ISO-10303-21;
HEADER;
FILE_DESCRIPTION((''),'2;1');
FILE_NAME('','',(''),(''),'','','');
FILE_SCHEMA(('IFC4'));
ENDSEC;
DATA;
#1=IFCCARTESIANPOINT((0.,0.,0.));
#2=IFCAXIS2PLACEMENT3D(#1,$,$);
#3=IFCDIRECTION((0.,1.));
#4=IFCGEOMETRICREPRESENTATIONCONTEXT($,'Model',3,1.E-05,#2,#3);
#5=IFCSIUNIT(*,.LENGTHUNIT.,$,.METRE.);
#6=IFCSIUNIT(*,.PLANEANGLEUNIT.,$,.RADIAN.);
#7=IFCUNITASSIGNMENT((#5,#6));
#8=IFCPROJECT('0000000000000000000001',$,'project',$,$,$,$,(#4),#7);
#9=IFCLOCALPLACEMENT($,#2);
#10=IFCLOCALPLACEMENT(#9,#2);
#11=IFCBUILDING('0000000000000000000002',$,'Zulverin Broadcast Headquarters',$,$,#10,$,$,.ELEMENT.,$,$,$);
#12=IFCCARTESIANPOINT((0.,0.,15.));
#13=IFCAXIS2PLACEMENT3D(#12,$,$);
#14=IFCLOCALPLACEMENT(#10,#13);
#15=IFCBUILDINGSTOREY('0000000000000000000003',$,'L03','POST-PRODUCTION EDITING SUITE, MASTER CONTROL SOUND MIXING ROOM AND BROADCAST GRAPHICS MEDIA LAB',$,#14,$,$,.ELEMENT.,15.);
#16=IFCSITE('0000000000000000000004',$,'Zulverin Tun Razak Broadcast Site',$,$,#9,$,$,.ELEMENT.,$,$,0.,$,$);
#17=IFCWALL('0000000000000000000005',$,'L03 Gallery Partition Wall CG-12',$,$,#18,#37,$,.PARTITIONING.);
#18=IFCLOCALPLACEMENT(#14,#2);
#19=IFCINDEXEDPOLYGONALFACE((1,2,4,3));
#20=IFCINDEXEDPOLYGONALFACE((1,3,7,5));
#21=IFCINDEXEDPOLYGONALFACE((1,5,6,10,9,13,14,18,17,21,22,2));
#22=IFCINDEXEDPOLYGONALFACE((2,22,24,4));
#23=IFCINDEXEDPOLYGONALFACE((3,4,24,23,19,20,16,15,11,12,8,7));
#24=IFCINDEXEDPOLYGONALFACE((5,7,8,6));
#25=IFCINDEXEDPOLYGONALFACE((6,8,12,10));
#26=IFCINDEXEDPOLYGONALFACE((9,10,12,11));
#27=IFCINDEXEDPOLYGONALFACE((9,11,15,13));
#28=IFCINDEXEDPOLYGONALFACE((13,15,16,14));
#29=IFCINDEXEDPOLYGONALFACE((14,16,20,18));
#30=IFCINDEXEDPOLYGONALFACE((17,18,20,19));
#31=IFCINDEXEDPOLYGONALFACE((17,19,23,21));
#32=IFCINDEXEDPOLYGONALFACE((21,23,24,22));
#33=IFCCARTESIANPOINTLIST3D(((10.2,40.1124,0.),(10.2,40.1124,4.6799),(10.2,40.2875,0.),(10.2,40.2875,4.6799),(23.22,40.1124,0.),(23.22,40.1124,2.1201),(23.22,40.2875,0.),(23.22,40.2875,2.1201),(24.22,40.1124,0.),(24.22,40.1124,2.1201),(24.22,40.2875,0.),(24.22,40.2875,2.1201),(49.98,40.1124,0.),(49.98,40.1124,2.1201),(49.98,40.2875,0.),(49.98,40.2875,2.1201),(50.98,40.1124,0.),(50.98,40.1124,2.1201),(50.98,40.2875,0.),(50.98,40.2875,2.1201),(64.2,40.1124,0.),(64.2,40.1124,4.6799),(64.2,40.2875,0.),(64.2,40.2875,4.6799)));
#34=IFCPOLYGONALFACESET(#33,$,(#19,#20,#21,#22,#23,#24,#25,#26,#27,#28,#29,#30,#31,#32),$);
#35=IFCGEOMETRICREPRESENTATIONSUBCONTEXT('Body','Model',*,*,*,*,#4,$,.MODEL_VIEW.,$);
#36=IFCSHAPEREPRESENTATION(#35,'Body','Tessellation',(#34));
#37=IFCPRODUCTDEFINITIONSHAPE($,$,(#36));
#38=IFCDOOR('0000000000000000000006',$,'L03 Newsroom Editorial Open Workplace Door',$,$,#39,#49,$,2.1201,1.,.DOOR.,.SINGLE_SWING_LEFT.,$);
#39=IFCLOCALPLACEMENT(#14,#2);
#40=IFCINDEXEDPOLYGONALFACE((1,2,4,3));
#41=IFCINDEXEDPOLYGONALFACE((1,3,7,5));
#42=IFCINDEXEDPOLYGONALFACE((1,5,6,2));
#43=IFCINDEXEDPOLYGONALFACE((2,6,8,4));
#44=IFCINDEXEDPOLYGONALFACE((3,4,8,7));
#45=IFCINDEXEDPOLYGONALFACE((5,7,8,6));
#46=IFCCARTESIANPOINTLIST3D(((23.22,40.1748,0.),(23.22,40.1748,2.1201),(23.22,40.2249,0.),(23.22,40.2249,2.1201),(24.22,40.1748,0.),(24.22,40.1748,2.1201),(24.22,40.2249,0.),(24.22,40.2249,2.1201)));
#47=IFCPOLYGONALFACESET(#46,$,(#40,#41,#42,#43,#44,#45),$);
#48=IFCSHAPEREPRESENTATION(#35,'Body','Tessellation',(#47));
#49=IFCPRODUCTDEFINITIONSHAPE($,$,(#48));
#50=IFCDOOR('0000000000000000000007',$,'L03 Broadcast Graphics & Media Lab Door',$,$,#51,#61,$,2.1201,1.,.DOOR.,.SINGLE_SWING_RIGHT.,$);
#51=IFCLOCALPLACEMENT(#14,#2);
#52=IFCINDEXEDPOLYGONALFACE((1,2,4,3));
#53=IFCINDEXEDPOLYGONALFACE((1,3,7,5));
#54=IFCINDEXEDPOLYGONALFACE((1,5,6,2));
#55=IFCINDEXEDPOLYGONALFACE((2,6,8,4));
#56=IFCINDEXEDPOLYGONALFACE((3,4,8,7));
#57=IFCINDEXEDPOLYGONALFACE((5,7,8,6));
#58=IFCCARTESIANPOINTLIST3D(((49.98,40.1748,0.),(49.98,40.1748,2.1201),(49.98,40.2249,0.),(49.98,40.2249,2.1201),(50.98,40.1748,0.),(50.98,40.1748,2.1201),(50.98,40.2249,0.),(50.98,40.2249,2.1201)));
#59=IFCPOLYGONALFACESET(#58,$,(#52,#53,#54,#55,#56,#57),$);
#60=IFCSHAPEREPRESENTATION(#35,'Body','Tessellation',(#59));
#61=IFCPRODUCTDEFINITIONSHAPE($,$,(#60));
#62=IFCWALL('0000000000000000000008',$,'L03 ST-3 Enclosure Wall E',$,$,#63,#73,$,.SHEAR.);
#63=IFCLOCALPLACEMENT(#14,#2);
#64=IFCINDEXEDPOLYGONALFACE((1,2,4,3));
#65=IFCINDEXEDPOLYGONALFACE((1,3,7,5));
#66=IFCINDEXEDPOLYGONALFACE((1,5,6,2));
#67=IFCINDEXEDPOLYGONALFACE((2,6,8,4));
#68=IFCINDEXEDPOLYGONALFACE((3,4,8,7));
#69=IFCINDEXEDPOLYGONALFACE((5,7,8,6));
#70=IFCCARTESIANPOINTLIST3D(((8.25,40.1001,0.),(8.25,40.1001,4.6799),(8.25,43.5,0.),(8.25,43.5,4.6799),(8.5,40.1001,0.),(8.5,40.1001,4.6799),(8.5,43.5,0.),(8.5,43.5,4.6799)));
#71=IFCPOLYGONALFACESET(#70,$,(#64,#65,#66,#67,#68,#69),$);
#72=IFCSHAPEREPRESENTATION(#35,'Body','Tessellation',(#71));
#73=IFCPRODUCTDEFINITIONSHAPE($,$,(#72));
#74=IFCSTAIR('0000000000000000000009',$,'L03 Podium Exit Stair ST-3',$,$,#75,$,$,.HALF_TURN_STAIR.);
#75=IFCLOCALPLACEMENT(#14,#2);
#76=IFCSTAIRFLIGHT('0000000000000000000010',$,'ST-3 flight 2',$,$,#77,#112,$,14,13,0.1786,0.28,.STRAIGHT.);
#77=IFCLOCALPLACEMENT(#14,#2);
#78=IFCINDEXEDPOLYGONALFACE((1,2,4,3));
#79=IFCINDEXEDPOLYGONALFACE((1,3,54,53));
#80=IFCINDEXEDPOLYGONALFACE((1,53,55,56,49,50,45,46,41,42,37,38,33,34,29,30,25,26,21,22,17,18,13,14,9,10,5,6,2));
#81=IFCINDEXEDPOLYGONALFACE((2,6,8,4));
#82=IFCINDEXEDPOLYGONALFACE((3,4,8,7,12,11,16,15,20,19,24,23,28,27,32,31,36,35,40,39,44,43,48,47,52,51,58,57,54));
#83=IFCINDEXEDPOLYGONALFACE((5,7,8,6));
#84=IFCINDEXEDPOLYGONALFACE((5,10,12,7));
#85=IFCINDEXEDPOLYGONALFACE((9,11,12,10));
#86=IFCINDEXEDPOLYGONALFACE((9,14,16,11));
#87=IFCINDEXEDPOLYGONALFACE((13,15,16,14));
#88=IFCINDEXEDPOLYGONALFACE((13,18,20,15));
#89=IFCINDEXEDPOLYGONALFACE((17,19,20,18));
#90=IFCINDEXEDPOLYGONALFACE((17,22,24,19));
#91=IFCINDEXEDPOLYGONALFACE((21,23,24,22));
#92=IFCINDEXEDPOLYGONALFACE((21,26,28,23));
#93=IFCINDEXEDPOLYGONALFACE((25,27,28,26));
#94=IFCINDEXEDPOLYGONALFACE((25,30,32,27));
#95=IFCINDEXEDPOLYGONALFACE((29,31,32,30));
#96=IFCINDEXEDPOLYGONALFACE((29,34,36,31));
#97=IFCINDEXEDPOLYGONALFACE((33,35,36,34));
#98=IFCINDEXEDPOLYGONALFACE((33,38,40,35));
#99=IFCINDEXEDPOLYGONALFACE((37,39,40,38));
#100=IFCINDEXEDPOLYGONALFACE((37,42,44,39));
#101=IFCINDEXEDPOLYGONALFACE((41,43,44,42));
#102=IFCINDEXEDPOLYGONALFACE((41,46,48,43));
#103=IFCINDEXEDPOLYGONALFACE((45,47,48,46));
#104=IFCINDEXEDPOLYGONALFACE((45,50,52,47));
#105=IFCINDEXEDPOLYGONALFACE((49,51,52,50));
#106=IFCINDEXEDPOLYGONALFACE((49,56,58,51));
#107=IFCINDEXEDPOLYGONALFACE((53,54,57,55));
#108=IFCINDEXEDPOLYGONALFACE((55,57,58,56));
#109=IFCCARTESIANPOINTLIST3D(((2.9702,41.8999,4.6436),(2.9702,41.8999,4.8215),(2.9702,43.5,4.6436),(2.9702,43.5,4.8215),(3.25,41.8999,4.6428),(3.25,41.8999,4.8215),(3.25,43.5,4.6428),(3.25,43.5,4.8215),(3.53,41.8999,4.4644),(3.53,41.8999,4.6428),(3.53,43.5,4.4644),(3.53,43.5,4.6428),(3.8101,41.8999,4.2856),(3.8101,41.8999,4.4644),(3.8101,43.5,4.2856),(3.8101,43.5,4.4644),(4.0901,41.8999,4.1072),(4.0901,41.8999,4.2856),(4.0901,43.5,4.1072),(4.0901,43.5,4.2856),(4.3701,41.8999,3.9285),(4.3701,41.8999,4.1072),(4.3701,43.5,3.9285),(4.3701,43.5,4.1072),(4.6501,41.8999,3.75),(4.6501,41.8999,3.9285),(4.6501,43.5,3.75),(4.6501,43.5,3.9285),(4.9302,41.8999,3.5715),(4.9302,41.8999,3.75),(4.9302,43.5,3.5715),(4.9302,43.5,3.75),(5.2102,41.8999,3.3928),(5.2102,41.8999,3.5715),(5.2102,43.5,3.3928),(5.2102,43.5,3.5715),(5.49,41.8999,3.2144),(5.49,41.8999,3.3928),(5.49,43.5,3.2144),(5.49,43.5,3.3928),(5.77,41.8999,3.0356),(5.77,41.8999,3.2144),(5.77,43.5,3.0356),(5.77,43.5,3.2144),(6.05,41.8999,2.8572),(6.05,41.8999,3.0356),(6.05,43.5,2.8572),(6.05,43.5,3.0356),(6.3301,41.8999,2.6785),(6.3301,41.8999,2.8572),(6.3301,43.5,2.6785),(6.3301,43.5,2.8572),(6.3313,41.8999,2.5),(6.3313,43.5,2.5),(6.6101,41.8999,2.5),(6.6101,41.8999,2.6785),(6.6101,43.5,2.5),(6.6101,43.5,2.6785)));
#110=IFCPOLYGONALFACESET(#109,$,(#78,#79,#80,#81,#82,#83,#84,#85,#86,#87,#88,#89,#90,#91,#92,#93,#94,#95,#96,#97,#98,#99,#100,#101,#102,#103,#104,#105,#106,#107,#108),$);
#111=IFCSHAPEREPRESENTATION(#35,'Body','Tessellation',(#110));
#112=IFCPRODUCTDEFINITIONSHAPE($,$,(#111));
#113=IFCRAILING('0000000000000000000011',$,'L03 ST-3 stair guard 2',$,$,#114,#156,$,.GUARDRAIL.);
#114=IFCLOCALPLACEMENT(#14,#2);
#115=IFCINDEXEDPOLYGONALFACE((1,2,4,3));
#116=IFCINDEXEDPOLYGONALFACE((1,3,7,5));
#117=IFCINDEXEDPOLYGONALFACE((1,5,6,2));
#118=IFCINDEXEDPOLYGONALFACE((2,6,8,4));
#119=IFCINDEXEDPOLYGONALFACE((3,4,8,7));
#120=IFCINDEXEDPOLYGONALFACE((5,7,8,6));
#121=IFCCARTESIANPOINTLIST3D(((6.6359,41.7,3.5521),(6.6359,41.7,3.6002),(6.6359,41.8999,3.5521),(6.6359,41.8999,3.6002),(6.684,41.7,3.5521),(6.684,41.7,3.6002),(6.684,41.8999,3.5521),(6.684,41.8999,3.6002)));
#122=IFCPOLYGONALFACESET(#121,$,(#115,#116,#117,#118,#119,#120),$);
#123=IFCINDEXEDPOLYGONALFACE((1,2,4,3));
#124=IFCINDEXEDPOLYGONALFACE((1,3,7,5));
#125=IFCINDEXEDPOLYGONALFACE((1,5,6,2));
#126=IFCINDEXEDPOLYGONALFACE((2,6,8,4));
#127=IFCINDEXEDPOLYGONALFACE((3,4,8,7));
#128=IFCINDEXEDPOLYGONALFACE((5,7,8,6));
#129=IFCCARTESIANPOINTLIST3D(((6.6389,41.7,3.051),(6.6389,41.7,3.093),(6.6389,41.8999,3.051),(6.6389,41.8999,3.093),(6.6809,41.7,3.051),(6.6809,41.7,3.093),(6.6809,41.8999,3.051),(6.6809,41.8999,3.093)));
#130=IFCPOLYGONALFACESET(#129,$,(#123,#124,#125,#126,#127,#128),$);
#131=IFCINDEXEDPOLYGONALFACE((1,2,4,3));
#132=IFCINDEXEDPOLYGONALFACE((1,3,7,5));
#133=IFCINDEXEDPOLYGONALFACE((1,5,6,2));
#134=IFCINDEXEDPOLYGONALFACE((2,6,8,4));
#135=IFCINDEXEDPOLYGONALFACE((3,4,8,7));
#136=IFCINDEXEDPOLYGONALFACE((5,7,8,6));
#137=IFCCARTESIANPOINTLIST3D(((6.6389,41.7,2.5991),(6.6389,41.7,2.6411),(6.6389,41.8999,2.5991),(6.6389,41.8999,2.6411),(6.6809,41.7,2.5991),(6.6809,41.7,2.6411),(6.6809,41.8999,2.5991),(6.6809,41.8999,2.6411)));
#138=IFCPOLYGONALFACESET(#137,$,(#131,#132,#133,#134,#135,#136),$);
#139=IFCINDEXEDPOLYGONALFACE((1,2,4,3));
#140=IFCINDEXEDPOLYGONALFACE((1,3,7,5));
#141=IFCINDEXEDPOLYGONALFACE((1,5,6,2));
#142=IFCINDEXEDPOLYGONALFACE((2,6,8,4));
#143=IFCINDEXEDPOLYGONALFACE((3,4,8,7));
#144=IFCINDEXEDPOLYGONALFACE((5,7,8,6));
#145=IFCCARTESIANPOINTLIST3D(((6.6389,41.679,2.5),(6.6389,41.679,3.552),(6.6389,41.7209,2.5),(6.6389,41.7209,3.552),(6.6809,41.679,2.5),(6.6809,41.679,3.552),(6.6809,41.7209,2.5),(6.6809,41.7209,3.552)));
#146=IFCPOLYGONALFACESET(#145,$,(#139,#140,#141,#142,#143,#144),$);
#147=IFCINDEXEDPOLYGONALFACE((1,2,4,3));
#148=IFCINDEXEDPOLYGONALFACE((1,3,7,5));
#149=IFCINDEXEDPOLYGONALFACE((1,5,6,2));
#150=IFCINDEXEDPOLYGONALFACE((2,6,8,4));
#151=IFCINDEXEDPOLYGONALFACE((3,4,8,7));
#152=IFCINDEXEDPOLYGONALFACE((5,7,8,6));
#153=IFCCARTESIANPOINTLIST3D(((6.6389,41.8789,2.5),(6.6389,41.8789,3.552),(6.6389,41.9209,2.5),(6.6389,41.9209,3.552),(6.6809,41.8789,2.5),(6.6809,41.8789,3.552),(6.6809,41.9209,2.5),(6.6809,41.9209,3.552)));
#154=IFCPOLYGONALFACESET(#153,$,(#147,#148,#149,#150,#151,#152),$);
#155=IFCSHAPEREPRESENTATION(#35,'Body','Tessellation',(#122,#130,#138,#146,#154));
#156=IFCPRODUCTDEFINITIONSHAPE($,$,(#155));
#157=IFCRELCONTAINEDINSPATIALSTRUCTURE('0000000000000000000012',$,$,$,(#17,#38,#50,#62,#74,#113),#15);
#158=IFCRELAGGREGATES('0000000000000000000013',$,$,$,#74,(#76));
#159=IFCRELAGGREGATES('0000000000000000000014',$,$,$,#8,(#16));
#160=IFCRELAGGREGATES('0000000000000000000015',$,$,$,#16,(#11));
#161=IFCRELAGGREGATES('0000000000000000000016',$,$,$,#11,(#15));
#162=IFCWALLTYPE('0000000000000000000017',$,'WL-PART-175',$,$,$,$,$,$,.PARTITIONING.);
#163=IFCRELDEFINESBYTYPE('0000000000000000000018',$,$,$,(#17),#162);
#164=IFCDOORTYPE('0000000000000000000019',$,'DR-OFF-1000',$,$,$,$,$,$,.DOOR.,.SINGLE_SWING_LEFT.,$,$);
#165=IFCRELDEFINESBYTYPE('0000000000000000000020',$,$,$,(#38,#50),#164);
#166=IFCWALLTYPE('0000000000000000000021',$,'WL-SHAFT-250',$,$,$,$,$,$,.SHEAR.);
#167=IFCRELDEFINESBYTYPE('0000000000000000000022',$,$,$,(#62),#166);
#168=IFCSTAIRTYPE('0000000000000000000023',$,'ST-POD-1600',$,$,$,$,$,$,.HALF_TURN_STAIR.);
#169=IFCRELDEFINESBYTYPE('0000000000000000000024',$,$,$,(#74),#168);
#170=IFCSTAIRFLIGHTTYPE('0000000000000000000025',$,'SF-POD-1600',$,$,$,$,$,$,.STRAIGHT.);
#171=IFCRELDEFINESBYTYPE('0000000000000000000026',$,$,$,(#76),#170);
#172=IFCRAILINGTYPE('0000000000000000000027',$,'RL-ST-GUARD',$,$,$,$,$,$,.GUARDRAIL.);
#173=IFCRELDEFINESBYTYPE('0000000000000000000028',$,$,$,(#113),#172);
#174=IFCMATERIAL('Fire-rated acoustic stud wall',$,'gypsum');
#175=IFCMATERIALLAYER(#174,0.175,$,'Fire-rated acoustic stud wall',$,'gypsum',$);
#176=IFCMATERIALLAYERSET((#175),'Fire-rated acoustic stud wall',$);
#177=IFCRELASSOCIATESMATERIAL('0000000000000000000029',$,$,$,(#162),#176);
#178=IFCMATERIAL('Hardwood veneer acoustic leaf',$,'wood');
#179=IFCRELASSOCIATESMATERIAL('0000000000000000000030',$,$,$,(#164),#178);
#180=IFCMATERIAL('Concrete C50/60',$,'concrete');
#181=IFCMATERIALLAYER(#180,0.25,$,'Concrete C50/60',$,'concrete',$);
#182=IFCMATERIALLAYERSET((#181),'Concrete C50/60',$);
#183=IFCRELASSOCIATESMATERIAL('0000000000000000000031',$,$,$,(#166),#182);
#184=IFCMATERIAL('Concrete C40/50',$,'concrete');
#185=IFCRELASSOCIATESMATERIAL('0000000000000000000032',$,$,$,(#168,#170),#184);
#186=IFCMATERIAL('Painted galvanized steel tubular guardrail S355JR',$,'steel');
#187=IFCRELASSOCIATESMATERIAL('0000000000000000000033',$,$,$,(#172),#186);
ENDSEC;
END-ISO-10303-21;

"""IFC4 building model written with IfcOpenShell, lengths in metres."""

from ifc_helpers import new_model, si_unit, direction, frame, frame_2d, origin, origin_2d, place, context, subcontext, project, spatial, polyline, rectangle, outline, extrude, material, layer, layer_set, type_object, element, fill, aggregate, save


model = new_model("IFC4")

# Units and contexts
model_context = context("Model", 3, precision=1e-05, world=origin(), true_north=direction((0.0, 1.0)))
body_context = subcontext(model_context, "Body", "Model", "MODEL_VIEW")
ifc_project = project(units=[si_unit("LENGTHUNIT", "METRE"), si_unit("PLANEANGLEUNIT", "RADIAN")], contexts=[model_context])

# Site, building, storey
site_placement = place(None, origin())
site = spatial("IfcSite", under=ifc_project, at=site_placement, Name="Zulverin Tun Razak Broadcast Site", CompositionType="ELEMENT", RefElevation=0.0)
building_placement = place(site_placement, origin())
building = spatial("IfcBuilding", under=site, at=building_placement, Name="Zulverin Broadcast Headquarters", CompositionType="ELEMENT")
storey_placement = place(building_placement, frame((0.0, 0.0, 15.0)))
storey = spatial("IfcBuildingStorey", under=building, at=storey_placement, Name="L03", Description="POST-PRODUCTION EDITING SUITE, MASTER CONTROL SOUND MIXING ROOM AND BROADCAST GRAPHICS MEDIA LAB", CompositionType="ELEMENT", Elevation=15.0)

# Shared definitions
ifc_material_1 = material(Name="Concrete C40/50", Category="concrete")

# Wall, openings, doors
ifc_material_2 = material(Name="Fire-rated acoustic stud wall", Category="gypsum")
ifc_layer_1 = layer(ifc_material_2, 0.175, Name="Fire-rated acoustic stud wall", Category="gypsum")
ifc_layer_set_1 = layer_set([ifc_layer_1], Name="Fire-rated acoustic stud wall")
wall_type_1 = type_object("IfcWallType", Name="WL-PART-175", PredefinedType="PARTITIONING", material=ifc_layer_set_1)
wall_1_placement = place(storey_placement, frame((10.2, 40.2, 0.0), z_axis=(0.0, 0.0, 1.0), x_axis=(1.0, 0.0, 0.0)))
wall_1 = element("IfcWall", 1, at=wall_1_placement, inside=storey, type_object=wall_type_1, Name="L03 Gallery Partition Wall CG-12", PredefinedType="PARTITIONING", context=body_context, shape_type="SweptSolid", body=[
    extrude(rectangle(XDim=54.0, YDim=0.175, at=frame_2d((27.0, 0.0))), origin(), (0.0, 0.0, 1.0), 4.6799),
])
opening_1_placement = place(wall_1_placement, frame((13.02, 0.0, 0.0)))
opening_1 = element("IfcOpeningElement", 2, at=opening_1_placement, cuts=wall_1, PredefinedType="OPENING", context=body_context, shape_type="SweptSolid", body=[
    extrude(rectangle(XDim=1.0, YDim=2.1201, at=frame_2d((0.5, 1.0601))), frame((0.0, 0.0974, 0.0), z_axis=(0.0, -1.0, 0.0), x_axis=(1.0, 0.0, 0.0)), (0.0, 0.0, 1.0), 0.1951),
])
opening_2_placement = place(wall_1_placement, frame((39.78, 0.0, 0.0)))
opening_2 = element("IfcOpeningElement", 3, at=opening_2_placement, cuts=wall_1, PredefinedType="OPENING", context=body_context, shape_type="SweptSolid", body=[
    extrude(rectangle(XDim=1.0, YDim=2.1201, at=frame_2d((0.5, 1.0601))), frame((0.0, 0.0974, 0.0), z_axis=(0.0, -1.0, 0.0), x_axis=(1.0, 0.0, 0.0)), (0.0, 0.0, 1.0), 0.1951),
])
ifc_material_3 = material(Name="Hardwood veneer acoustic leaf", Category="wood")
door_type_1 = type_object("IfcDoorType", Name="DR-OFF-1000", OperationType="SINGLE_SWING_LEFT", PredefinedType="DOOR", material=ifc_material_3)
door_1_placement = place(opening_1_placement, origin())
door_1 = element("IfcDoor", 4, at=door_1_placement, inside=storey, type_object=door_type_1, Name="L03 Newsroom Editorial Open Workplace Door", OperationType="SINGLE_SWING_LEFT", OverallHeight=2.1201, OverallWidth=1.0, PredefinedType="DOOR", context=body_context, shape_type="SweptSolid", body=[
    extrude(rectangle(XDim=1.0, YDim=2.1201, at=frame_2d((0.5, 1.0601))), frame((0.0, 0.0249, 0.0), z_axis=(0.0, -1.0, 0.0), x_axis=(1.0, 0.0, 0.0)), (0.0, 0.0, 1.0), 0.05),
])
fill(opening_1, door_1)
door_2_placement = place(opening_2_placement, origin())
door_2 = element("IfcDoor", 5, at=door_2_placement, inside=storey, type_object=door_type_1, Name="L03 Broadcast Graphics & Media Lab Door", OperationType="SINGLE_SWING_RIGHT", OverallHeight=2.1201, OverallWidth=1.0, PredefinedType="DOOR", context=body_context, shape_type="SweptSolid", body=[
    extrude(rectangle(XDim=1.0, YDim=2.1201, at=frame_2d((0.5, 1.0601))), frame((0.0, 0.0249, 0.0), z_axis=(0.0, -1.0, 0.0), x_axis=(1.0, 0.0, 0.0)), (0.0, 0.0, 1.0), 0.05),
])
fill(opening_2, door_2)

# Wall
ifc_material_4 = material(Name="Concrete C50/60", Category="concrete")
ifc_layer_2 = layer(ifc_material_4, 0.25, Name="Concrete C50/60", Category="concrete")
ifc_layer_set_2 = layer_set([ifc_layer_2], Name="Concrete C50/60")
wall_type_2 = type_object("IfcWallType", Name="WL-SHAFT-250", PredefinedType="SHEAR", material=ifc_layer_set_2)
wall_2_placement = place(storey_placement, frame((8.375, 40.1001, 0.0), z_axis=(0.0, 0.0, 1.0), x_axis=(0.0, 1.0, 0.0)))
element("IfcWall", 6, at=wall_2_placement, inside=storey, type_object=wall_type_2, Name="L03 ST-3 Enclosure Wall E", PredefinedType="SHEAR", context=body_context, shape_type="SweptSolid", body=[
    extrude(rectangle(XDim=3.3999, YDim=0.25, at=frame_2d((1.7, 0.0))), origin(), (0.0, 0.0, 1.0), 4.6799),
])

# Stair, stair flight
stair_type = type_object("IfcStairType", Name="ST-POD-1600", PredefinedType="HALF_TURN_STAIR", material=ifc_material_1)
stair_placement = place(storey_placement, origin())
stair = element("IfcStair", 7, at=stair_placement, inside=storey, type_object=stair_type, Name="L03 Podium Exit Stair ST-3", PredefinedType="HALF_TURN_STAIR")
stair_flight_type = type_object("IfcStairFlightType", Name="SF-POD-1600", PredefinedType="STRAIGHT", material=ifc_material_1)
stair_flight_placement = place(storey_placement, frame((6.6101, 42.7, 2.5), z_axis=(0.0, 0.0, 1.0), x_axis=(-1.0, 0.0, 0.0)))
stair_flight = element("IfcStairFlight", 8, at=stair_flight_placement, type_object=stair_flight_type, Name="ST-3 flight 2", NumberOfRisers=14, NumberOfTreads=13, PredefinedType="STRAIGHT", RiserHeight=0.1786, TreadLength=0.28, context=body_context, shape_type="SweptSolid", body=[
    extrude(outline(polyline([(0.0, 0.0), (0.0, 0.1785), (0.28, 0.1785), (0.28, 0.3572), (0.5601, 0.3572), (0.5601, 0.5356), (0.8401, 0.5356), (0.8401, 0.7144), (1.1201, 0.7144), (1.1201, 0.8928), (1.3999, 0.8928), (1.3999, 1.0715), (1.6799, 1.0715), (1.6799, 1.25), (1.96, 1.25), (1.96, 1.4285), (2.24, 1.4285), (2.24, 1.6072), (2.52, 1.6072), (2.52, 1.7856), (2.8, 1.7856), (2.8, 1.9644), (3.0801, 1.9644), (3.0801, 2.1428), (3.3601, 2.1428), (3.3601, 2.3215), (3.6399, 2.3215), (3.6399, 2.5), (3.6399, 2.1436), (0.2788, 0.0), (0.0, 0.0)])), frame((0.0, 0.8, 0.0), z_axis=(0.0, -1.0, 0.0), x_axis=(1.0, 0.0, 0.0)), (0.0, 0.0, 1.0), 1.6001),
])
aggregate(stair, [stair_flight])

# Railing
ifc_material_5 = material(Name="Painted galvanized steel tubular guardrail S355JR", Category="steel")
railing_type_1 = type_object("IfcRailingType", Name="RL-ST-GUARD", PredefinedType="GUARDRAIL", material=ifc_material_5)
railing_1_placement = place(storey_placement, frame((6.6599, 41.7, 2.5)))
element("IfcRailing", 9, at=railing_1_placement, inside=storey, type_object=railing_type_1, Name="L03 ST-3 stair guard 2", PredefinedType="GUARDRAIL", context=body_context, shape_type="SweptSolid", body=[
    extrude(rectangle(XDim=0.0481, YDim=0.0481, at=origin_2d()), frame((0.0, 0.0, 1.0762), z_axis=(0.0, 1.0, 0.0), x_axis=(-1.0, 0.0, 0.0)), (0.0, 0.0, 1.0), 0.2),
    extrude(rectangle(XDim=0.042, YDim=0.042, at=origin_2d()), frame((0.0, 0.0, 0.572), z_axis=(0.0, 1.0, 0.0), x_axis=(-1.0, 0.0, 0.0)), (0.0, 0.0, 1.0), 0.2),
    extrude(rectangle(XDim=0.042, YDim=0.042, at=origin_2d()), frame((0.0, 0.0, 0.1201), z_axis=(0.0, 1.0, 0.0), x_axis=(-1.0, 0.0, 0.0)), (0.0, 0.0, 1.0), 0.2),
    extrude(rectangle(XDim=0.042, YDim=0.042, at=origin_2d()), origin(), (0.0, 0.0, 1.0), 1.052),
    extrude(rectangle(XDim=0.042, YDim=0.042, at=origin_2d()), frame((0.0, 0.2, 0.0)), (0.0, 0.0, 1.0), 1.052),
])

save(model, "model.ifc")
